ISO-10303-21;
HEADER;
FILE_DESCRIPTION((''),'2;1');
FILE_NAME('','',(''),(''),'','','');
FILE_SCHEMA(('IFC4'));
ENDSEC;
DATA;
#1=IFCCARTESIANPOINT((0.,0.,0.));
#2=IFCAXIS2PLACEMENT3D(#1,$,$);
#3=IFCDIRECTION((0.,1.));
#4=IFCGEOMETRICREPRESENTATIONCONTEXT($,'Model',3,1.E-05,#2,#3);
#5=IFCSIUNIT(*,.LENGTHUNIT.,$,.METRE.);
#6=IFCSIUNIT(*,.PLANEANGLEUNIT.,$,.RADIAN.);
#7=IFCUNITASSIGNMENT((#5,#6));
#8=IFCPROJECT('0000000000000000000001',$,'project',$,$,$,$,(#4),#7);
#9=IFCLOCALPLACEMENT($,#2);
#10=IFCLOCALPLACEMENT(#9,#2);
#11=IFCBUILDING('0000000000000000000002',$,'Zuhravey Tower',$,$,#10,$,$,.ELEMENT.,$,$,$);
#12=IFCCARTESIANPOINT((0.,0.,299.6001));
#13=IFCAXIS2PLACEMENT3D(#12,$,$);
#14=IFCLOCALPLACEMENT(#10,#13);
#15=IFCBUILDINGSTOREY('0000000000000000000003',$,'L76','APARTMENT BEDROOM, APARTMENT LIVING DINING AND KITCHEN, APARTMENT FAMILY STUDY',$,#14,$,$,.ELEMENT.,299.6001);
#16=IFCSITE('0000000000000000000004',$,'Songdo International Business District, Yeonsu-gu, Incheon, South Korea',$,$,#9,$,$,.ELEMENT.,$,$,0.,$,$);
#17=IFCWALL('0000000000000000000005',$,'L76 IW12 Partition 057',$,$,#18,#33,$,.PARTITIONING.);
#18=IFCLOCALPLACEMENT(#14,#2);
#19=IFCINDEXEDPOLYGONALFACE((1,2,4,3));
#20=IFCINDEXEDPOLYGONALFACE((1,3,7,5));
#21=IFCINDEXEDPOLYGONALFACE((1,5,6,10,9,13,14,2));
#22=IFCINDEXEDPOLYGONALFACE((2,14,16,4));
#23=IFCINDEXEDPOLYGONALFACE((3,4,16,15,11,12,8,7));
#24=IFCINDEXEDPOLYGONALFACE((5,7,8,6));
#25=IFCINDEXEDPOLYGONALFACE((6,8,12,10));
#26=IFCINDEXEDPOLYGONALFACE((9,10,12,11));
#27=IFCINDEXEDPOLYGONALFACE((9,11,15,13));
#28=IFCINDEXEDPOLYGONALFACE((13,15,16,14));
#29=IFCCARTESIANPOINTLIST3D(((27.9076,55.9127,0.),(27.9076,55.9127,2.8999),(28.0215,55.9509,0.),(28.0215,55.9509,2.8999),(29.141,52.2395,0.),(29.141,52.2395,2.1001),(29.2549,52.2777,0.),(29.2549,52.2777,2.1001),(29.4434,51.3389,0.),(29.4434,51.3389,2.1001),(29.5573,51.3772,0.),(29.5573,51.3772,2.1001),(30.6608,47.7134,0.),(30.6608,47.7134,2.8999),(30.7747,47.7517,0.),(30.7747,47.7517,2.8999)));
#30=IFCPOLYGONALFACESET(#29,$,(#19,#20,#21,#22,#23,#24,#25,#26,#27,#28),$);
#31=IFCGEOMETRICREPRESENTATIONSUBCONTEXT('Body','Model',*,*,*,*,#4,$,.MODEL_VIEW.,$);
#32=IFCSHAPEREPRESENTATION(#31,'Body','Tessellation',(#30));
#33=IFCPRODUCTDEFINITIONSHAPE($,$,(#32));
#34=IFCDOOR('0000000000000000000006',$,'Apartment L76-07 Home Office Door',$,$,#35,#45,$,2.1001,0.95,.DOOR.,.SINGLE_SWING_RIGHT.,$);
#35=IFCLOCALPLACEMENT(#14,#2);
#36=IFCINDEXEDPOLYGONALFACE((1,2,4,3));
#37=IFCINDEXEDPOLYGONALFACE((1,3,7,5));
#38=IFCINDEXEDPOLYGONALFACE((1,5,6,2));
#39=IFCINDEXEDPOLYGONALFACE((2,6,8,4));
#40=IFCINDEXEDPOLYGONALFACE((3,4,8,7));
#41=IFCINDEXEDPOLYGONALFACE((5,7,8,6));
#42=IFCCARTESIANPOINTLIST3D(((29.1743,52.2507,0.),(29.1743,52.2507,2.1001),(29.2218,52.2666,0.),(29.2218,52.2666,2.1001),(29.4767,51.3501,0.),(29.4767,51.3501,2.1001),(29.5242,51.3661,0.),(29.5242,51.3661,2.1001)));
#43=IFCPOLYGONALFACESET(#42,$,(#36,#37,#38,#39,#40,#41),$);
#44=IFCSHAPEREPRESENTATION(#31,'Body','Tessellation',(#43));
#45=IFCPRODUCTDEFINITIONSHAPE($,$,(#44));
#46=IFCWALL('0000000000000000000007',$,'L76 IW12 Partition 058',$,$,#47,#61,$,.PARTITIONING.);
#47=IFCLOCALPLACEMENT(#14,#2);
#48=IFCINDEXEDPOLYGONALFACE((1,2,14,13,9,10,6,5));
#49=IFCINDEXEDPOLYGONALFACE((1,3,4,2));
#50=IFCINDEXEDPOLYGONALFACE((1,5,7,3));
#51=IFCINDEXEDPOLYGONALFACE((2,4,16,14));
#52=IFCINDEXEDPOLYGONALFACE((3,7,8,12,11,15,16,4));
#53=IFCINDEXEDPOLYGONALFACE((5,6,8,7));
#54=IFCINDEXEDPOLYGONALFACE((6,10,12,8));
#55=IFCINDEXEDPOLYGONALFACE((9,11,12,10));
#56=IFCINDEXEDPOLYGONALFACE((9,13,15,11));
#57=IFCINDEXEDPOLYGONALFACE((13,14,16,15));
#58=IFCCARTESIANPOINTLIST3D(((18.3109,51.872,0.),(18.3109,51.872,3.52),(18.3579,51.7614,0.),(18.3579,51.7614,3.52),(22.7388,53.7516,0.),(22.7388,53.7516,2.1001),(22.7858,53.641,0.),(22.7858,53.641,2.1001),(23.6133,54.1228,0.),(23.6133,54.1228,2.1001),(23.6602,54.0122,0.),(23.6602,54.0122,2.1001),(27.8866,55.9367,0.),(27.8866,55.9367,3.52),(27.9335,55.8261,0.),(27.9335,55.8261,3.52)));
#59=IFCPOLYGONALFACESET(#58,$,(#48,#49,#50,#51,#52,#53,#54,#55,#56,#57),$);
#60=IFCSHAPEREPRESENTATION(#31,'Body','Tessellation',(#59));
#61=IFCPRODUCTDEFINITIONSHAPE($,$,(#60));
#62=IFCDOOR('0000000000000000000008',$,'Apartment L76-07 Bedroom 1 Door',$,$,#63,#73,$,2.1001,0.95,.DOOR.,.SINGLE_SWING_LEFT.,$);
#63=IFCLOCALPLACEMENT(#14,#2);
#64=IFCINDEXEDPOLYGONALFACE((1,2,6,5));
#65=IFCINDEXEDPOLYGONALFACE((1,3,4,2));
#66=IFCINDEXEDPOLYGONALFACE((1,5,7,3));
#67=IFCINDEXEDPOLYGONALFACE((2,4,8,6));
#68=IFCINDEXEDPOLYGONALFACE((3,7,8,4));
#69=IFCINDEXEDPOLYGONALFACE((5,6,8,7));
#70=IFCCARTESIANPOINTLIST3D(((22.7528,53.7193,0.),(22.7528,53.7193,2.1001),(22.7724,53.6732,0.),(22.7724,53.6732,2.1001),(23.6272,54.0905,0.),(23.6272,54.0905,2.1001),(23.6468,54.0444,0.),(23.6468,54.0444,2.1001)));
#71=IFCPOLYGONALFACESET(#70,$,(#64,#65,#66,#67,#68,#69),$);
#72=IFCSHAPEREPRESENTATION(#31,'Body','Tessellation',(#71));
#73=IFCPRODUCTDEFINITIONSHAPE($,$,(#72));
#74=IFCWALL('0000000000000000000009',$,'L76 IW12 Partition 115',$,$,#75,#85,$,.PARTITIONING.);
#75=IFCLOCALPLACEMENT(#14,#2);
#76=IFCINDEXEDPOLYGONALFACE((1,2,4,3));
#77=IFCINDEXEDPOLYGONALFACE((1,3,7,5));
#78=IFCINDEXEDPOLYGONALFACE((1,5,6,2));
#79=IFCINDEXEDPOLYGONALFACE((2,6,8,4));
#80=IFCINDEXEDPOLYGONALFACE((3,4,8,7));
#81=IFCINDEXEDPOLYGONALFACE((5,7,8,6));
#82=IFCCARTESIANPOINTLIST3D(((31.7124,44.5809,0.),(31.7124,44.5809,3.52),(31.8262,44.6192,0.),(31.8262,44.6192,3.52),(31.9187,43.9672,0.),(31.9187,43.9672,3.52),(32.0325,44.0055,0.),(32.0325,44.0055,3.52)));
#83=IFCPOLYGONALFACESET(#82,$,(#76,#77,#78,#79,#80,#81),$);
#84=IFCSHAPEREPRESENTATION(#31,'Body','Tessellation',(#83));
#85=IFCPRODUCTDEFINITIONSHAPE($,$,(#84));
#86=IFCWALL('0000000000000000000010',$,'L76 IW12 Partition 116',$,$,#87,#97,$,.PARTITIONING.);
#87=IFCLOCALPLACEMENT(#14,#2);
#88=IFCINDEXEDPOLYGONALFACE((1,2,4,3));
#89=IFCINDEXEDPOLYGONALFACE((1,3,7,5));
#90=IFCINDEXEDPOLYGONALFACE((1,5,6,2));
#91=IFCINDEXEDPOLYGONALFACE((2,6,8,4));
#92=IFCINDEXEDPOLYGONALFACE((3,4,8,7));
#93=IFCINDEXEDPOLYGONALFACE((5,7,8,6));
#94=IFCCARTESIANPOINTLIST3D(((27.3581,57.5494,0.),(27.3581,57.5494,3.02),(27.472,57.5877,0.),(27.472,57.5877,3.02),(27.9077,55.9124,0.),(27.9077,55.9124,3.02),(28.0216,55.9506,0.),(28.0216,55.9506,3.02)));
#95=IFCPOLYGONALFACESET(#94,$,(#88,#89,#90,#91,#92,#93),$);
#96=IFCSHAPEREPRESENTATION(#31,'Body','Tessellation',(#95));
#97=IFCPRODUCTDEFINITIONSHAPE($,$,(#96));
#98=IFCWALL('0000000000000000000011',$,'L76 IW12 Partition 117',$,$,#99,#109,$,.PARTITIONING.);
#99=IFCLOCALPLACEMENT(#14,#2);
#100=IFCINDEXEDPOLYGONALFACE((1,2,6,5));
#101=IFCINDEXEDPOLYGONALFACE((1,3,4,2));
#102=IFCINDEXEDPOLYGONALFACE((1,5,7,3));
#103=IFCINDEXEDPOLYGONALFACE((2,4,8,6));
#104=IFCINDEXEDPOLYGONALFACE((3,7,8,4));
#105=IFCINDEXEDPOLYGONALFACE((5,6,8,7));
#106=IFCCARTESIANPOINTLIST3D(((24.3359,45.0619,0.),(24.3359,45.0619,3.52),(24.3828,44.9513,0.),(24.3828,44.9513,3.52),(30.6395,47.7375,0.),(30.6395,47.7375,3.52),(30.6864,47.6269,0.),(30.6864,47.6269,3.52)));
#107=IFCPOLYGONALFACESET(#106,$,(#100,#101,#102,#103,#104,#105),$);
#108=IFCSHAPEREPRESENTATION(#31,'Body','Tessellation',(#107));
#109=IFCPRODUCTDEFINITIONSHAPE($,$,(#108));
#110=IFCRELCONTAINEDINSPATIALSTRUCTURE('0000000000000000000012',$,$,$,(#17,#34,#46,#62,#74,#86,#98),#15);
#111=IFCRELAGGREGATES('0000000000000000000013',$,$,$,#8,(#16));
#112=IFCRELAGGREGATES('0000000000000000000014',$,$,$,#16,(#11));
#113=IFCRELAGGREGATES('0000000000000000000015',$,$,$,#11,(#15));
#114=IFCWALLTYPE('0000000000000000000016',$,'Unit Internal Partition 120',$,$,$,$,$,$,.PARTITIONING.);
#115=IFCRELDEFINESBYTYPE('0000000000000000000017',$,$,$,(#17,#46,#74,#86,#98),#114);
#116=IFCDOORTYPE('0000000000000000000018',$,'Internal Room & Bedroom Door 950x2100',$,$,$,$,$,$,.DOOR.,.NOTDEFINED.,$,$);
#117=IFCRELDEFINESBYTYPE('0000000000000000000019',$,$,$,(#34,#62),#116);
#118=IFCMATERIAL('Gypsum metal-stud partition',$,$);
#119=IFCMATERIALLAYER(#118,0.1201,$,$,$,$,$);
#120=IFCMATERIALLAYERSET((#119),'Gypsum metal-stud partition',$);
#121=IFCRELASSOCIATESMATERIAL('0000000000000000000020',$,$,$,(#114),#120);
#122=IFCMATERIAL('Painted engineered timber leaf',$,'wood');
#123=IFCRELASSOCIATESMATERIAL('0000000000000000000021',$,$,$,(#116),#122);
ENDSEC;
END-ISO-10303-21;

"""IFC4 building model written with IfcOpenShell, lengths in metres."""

from ifc_helpers import new_model, si_unit, direction, frame, frame_2d, origin, place, context, subcontext, project, spatial, rectangle, extrude, material, layer, layer_set, type_object, element, fill, save


model = new_model("IFC4")

# Units and contexts
model_context = context("Model", 3, precision=1e-05, world=origin(), true_north=direction((0.0, 1.0)))
body_context = subcontext(model_context, "Body", "Model", "MODEL_VIEW")
ifc_project = project(units=[si_unit("LENGTHUNIT", "METRE"), si_unit("PLANEANGLEUNIT", "RADIAN")], contexts=[model_context])

# Site, building, storey
site_placement = place(None, origin())
site = spatial("IfcSite", under=ifc_project, at=site_placement, Name="Songdo International Business District, Yeonsu-gu, Incheon, South Korea", CompositionType="ELEMENT", RefElevation=0.0)
building_placement = place(site_placement, origin())
building = spatial("IfcBuilding", under=site, at=building_placement, Name="Zuhravey Tower", CompositionType="ELEMENT")
storey_placement = place(building_placement, frame((0.0, 0.0, 299.6001)))
storey = spatial("IfcBuildingStorey", under=building, at=storey_placement, Name="L76", Description="APARTMENT BEDROOM, APARTMENT LIVING DINING AND KITCHEN, APARTMENT FAMILY STUDY", CompositionType="ELEMENT", Elevation=299.6001)

# Walls, openings, doors
ifc_material_1 = material(Name="Gypsum metal-stud partition")
ifc_layer_1 = layer(ifc_material_1, 0.1201)
ifc_layer_set_1 = layer_set([ifc_layer_1], Name="Gypsum metal-stud partition")
wall_type_1 = type_object("IfcWallType", Name="Unit Internal Partition 120", PredefinedType="PARTITIONING", material=ifc_layer_set_1)
wall_1_placement = place(storey_placement, frame((30.7178, 47.7324, 0.0), z_axis=(0.0, 0.0, 1.0), x_axis=(-0.318319, 0.947984, 0.0)))
wall_1 = element("IfcWall", 1, at=wall_1_placement, inside=storey, type_object=wall_type_1, Name="L76 IW12 Partition 057", PredefinedType="PARTITIONING", context=body_context, shape_type="SweptSolid", body=[
    extrude(rectangle(XDim=8.6492, YDim=0.1201, at=frame_2d((4.3247, 0.0))), origin(), (0.0, 0.0, 1.0), 2.8999),
])
opening_1_placement = place(wall_1_placement, frame((3.8245, 0.0, 0.0)))
opening_1 = element("IfcOpeningElement", 2, at=opening_1_placement, cuts=wall_1, PredefinedType="OPENING", context=body_context, shape_type="SweptSolid", body=[
    extrude(rectangle(XDim=0.95, YDim=2.1001, at=frame_2d((0.4751, 1.05))), frame((0.0, 0.072, 0.0), z_axis=(0.0, -1.0, 0.0), x_axis=(1.0, 0.0, 0.0)), (0.0, 0.0, 1.0), 0.144),
])
ifc_material_2 = material(Name="Painted engineered timber leaf", Category="wood")
door_type_1 = type_object("IfcDoorType", Name="Internal Room & Bedroom Door 950x2100", OperationType="NOTDEFINED", PredefinedType="DOOR", material=ifc_material_2)
door_1_placement = place(opening_1_placement, origin())
door_1 = element("IfcDoor", 3, at=door_1_placement, inside=storey, type_object=door_type_1, Name="Apartment L76-07 Home Office Door", OperationType="SINGLE_SWING_RIGHT", OverallHeight=2.1001, OverallWidth=0.95, PredefinedType="DOOR", context=body_context, shape_type="SweptSolid", body=[
    extrude(rectangle(XDim=0.95, YDim=2.1001, at=frame_2d((0.4751, 1.05))), frame((0.0, 0.0249, 0.0), z_axis=(0.0, -1.0, 0.0), x_axis=(1.0, 0.0, 0.0)), (0.0, 0.0, 1.0), 0.05),
])
fill(opening_1, door_1)
wall_2_placement = place(storey_placement, frame((27.9099, 55.8813, 0.0), z_axis=(0.0, 0.0, 1.0), x_axis=(-0.920503, -0.390736, 0.0)))
wall_2 = element("IfcWall", 4, at=wall_2_placement, inside=storey, type_object=wall_type_1, Name="L76 IW12 Partition 058", PredefinedType="PARTITIONING", context=body_context, shape_type="SweptSolid", body=[
    extrude(rectangle(XDim=10.4026, YDim=0.1201, at=frame_2d((5.2012, 0.0))), origin(), (0.0, 0.0, 1.0), 3.52),
])
opening_2_placement = place(wall_2_placement, frame((4.6421, 0.0, 0.0)))
opening_2 = element("IfcOpeningElement", 5, at=opening_2_placement, cuts=wall_2, PredefinedType="OPENING", context=body_context, shape_type="SweptSolid", body=[
    extrude(rectangle(XDim=0.95, YDim=2.1001, at=frame_2d((0.4751, 1.05))), frame((0.0, 0.072, 0.0), z_axis=(0.0, -1.0, 0.0), x_axis=(1.0, 0.0, 0.0)), (0.0, 0.0, 1.0), 0.144),
])
door_2_placement = place(opening_2_placement, frame((0.95, 0.0, 0.0), z_axis=(0.0, 0.0, 1.0), x_axis=(-1.0, 0.0, 0.0)))
door_2 = element("IfcDoor", 6, at=door_2_placement, inside=storey, type_object=door_type_1, Name="Apartment L76-07 Bedroom 1 Door", OperationType="SINGLE_SWING_LEFT", OverallHeight=2.1001, OverallWidth=0.95, PredefinedType="DOOR", context=body_context, shape_type="SweptSolid", body=[
    extrude(rectangle(XDim=0.95, YDim=2.1001, at=frame_2d((0.4751, 1.05))), frame((0.0, 0.0249, 0.0), z_axis=(0.0, -1.0, 0.0), x_axis=(1.0, 0.0, 0.0)), (0.0, 0.0, 1.0), 0.05),
])
fill(opening_2, door_2)

# Walls
wall_3_placement = place(storey_placement, frame((31.9756, 43.9863, 0.0), z_axis=(0.0, 0.0, 1.0), x_axis=(-0.318602, 0.947889, 0.0)))
element("IfcWall", 7, at=wall_3_placement, inside=storey, type_object=wall_type_1, Name="L76 IW12 Partition 115", PredefinedType="PARTITIONING", context=body_context, shape_type="SweptSolid", body=[
    extrude(rectangle(XDim=0.6475, YDim=0.1201, at=frame_2d((0.3237, 0.0))), origin(), (0.0, 0.0, 1.0), 3.52),
])
wall_4_placement = place(storey_placement, frame((27.9646, 55.9316, 0.0), z_axis=(0.0, 0.0, 1.0), x_axis=(-0.318263, 0.948002, 0.0)))
element("IfcWall", 8, at=wall_4_placement, inside=storey, type_object=wall_type_1, Name="L76 IW12 Partition 116", PredefinedType="PARTITIONING", context=body_context, shape_type="SweptSolid", body=[
    extrude(rectangle(XDim=1.7268, YDim=0.1201, at=frame_2d((0.8633, 0.0))), origin(), (0.0, 0.0, 1.0), 3.02),
])
wall_5_placement = place(storey_placement, frame((30.6628, 47.6821, 0.0), z_axis=(0.0, 0.0, 1.0), x_axis=(-0.920511, -0.390716, 0.0)))
element("IfcWall", 9, at=wall_5_placement, inside=storey, type_object=wall_type_1, Name="L76 IW12 Partition 117", PredefinedType="PARTITIONING", context=body_context, shape_type="SweptSolid", body=[
    extrude(rectangle(XDim=6.8479, YDim=0.1201, at=frame_2d((3.4238, 0.0))), origin(), (0.0, 0.0, 1.0), 3.52),
])

save(model, "model.ifc")
